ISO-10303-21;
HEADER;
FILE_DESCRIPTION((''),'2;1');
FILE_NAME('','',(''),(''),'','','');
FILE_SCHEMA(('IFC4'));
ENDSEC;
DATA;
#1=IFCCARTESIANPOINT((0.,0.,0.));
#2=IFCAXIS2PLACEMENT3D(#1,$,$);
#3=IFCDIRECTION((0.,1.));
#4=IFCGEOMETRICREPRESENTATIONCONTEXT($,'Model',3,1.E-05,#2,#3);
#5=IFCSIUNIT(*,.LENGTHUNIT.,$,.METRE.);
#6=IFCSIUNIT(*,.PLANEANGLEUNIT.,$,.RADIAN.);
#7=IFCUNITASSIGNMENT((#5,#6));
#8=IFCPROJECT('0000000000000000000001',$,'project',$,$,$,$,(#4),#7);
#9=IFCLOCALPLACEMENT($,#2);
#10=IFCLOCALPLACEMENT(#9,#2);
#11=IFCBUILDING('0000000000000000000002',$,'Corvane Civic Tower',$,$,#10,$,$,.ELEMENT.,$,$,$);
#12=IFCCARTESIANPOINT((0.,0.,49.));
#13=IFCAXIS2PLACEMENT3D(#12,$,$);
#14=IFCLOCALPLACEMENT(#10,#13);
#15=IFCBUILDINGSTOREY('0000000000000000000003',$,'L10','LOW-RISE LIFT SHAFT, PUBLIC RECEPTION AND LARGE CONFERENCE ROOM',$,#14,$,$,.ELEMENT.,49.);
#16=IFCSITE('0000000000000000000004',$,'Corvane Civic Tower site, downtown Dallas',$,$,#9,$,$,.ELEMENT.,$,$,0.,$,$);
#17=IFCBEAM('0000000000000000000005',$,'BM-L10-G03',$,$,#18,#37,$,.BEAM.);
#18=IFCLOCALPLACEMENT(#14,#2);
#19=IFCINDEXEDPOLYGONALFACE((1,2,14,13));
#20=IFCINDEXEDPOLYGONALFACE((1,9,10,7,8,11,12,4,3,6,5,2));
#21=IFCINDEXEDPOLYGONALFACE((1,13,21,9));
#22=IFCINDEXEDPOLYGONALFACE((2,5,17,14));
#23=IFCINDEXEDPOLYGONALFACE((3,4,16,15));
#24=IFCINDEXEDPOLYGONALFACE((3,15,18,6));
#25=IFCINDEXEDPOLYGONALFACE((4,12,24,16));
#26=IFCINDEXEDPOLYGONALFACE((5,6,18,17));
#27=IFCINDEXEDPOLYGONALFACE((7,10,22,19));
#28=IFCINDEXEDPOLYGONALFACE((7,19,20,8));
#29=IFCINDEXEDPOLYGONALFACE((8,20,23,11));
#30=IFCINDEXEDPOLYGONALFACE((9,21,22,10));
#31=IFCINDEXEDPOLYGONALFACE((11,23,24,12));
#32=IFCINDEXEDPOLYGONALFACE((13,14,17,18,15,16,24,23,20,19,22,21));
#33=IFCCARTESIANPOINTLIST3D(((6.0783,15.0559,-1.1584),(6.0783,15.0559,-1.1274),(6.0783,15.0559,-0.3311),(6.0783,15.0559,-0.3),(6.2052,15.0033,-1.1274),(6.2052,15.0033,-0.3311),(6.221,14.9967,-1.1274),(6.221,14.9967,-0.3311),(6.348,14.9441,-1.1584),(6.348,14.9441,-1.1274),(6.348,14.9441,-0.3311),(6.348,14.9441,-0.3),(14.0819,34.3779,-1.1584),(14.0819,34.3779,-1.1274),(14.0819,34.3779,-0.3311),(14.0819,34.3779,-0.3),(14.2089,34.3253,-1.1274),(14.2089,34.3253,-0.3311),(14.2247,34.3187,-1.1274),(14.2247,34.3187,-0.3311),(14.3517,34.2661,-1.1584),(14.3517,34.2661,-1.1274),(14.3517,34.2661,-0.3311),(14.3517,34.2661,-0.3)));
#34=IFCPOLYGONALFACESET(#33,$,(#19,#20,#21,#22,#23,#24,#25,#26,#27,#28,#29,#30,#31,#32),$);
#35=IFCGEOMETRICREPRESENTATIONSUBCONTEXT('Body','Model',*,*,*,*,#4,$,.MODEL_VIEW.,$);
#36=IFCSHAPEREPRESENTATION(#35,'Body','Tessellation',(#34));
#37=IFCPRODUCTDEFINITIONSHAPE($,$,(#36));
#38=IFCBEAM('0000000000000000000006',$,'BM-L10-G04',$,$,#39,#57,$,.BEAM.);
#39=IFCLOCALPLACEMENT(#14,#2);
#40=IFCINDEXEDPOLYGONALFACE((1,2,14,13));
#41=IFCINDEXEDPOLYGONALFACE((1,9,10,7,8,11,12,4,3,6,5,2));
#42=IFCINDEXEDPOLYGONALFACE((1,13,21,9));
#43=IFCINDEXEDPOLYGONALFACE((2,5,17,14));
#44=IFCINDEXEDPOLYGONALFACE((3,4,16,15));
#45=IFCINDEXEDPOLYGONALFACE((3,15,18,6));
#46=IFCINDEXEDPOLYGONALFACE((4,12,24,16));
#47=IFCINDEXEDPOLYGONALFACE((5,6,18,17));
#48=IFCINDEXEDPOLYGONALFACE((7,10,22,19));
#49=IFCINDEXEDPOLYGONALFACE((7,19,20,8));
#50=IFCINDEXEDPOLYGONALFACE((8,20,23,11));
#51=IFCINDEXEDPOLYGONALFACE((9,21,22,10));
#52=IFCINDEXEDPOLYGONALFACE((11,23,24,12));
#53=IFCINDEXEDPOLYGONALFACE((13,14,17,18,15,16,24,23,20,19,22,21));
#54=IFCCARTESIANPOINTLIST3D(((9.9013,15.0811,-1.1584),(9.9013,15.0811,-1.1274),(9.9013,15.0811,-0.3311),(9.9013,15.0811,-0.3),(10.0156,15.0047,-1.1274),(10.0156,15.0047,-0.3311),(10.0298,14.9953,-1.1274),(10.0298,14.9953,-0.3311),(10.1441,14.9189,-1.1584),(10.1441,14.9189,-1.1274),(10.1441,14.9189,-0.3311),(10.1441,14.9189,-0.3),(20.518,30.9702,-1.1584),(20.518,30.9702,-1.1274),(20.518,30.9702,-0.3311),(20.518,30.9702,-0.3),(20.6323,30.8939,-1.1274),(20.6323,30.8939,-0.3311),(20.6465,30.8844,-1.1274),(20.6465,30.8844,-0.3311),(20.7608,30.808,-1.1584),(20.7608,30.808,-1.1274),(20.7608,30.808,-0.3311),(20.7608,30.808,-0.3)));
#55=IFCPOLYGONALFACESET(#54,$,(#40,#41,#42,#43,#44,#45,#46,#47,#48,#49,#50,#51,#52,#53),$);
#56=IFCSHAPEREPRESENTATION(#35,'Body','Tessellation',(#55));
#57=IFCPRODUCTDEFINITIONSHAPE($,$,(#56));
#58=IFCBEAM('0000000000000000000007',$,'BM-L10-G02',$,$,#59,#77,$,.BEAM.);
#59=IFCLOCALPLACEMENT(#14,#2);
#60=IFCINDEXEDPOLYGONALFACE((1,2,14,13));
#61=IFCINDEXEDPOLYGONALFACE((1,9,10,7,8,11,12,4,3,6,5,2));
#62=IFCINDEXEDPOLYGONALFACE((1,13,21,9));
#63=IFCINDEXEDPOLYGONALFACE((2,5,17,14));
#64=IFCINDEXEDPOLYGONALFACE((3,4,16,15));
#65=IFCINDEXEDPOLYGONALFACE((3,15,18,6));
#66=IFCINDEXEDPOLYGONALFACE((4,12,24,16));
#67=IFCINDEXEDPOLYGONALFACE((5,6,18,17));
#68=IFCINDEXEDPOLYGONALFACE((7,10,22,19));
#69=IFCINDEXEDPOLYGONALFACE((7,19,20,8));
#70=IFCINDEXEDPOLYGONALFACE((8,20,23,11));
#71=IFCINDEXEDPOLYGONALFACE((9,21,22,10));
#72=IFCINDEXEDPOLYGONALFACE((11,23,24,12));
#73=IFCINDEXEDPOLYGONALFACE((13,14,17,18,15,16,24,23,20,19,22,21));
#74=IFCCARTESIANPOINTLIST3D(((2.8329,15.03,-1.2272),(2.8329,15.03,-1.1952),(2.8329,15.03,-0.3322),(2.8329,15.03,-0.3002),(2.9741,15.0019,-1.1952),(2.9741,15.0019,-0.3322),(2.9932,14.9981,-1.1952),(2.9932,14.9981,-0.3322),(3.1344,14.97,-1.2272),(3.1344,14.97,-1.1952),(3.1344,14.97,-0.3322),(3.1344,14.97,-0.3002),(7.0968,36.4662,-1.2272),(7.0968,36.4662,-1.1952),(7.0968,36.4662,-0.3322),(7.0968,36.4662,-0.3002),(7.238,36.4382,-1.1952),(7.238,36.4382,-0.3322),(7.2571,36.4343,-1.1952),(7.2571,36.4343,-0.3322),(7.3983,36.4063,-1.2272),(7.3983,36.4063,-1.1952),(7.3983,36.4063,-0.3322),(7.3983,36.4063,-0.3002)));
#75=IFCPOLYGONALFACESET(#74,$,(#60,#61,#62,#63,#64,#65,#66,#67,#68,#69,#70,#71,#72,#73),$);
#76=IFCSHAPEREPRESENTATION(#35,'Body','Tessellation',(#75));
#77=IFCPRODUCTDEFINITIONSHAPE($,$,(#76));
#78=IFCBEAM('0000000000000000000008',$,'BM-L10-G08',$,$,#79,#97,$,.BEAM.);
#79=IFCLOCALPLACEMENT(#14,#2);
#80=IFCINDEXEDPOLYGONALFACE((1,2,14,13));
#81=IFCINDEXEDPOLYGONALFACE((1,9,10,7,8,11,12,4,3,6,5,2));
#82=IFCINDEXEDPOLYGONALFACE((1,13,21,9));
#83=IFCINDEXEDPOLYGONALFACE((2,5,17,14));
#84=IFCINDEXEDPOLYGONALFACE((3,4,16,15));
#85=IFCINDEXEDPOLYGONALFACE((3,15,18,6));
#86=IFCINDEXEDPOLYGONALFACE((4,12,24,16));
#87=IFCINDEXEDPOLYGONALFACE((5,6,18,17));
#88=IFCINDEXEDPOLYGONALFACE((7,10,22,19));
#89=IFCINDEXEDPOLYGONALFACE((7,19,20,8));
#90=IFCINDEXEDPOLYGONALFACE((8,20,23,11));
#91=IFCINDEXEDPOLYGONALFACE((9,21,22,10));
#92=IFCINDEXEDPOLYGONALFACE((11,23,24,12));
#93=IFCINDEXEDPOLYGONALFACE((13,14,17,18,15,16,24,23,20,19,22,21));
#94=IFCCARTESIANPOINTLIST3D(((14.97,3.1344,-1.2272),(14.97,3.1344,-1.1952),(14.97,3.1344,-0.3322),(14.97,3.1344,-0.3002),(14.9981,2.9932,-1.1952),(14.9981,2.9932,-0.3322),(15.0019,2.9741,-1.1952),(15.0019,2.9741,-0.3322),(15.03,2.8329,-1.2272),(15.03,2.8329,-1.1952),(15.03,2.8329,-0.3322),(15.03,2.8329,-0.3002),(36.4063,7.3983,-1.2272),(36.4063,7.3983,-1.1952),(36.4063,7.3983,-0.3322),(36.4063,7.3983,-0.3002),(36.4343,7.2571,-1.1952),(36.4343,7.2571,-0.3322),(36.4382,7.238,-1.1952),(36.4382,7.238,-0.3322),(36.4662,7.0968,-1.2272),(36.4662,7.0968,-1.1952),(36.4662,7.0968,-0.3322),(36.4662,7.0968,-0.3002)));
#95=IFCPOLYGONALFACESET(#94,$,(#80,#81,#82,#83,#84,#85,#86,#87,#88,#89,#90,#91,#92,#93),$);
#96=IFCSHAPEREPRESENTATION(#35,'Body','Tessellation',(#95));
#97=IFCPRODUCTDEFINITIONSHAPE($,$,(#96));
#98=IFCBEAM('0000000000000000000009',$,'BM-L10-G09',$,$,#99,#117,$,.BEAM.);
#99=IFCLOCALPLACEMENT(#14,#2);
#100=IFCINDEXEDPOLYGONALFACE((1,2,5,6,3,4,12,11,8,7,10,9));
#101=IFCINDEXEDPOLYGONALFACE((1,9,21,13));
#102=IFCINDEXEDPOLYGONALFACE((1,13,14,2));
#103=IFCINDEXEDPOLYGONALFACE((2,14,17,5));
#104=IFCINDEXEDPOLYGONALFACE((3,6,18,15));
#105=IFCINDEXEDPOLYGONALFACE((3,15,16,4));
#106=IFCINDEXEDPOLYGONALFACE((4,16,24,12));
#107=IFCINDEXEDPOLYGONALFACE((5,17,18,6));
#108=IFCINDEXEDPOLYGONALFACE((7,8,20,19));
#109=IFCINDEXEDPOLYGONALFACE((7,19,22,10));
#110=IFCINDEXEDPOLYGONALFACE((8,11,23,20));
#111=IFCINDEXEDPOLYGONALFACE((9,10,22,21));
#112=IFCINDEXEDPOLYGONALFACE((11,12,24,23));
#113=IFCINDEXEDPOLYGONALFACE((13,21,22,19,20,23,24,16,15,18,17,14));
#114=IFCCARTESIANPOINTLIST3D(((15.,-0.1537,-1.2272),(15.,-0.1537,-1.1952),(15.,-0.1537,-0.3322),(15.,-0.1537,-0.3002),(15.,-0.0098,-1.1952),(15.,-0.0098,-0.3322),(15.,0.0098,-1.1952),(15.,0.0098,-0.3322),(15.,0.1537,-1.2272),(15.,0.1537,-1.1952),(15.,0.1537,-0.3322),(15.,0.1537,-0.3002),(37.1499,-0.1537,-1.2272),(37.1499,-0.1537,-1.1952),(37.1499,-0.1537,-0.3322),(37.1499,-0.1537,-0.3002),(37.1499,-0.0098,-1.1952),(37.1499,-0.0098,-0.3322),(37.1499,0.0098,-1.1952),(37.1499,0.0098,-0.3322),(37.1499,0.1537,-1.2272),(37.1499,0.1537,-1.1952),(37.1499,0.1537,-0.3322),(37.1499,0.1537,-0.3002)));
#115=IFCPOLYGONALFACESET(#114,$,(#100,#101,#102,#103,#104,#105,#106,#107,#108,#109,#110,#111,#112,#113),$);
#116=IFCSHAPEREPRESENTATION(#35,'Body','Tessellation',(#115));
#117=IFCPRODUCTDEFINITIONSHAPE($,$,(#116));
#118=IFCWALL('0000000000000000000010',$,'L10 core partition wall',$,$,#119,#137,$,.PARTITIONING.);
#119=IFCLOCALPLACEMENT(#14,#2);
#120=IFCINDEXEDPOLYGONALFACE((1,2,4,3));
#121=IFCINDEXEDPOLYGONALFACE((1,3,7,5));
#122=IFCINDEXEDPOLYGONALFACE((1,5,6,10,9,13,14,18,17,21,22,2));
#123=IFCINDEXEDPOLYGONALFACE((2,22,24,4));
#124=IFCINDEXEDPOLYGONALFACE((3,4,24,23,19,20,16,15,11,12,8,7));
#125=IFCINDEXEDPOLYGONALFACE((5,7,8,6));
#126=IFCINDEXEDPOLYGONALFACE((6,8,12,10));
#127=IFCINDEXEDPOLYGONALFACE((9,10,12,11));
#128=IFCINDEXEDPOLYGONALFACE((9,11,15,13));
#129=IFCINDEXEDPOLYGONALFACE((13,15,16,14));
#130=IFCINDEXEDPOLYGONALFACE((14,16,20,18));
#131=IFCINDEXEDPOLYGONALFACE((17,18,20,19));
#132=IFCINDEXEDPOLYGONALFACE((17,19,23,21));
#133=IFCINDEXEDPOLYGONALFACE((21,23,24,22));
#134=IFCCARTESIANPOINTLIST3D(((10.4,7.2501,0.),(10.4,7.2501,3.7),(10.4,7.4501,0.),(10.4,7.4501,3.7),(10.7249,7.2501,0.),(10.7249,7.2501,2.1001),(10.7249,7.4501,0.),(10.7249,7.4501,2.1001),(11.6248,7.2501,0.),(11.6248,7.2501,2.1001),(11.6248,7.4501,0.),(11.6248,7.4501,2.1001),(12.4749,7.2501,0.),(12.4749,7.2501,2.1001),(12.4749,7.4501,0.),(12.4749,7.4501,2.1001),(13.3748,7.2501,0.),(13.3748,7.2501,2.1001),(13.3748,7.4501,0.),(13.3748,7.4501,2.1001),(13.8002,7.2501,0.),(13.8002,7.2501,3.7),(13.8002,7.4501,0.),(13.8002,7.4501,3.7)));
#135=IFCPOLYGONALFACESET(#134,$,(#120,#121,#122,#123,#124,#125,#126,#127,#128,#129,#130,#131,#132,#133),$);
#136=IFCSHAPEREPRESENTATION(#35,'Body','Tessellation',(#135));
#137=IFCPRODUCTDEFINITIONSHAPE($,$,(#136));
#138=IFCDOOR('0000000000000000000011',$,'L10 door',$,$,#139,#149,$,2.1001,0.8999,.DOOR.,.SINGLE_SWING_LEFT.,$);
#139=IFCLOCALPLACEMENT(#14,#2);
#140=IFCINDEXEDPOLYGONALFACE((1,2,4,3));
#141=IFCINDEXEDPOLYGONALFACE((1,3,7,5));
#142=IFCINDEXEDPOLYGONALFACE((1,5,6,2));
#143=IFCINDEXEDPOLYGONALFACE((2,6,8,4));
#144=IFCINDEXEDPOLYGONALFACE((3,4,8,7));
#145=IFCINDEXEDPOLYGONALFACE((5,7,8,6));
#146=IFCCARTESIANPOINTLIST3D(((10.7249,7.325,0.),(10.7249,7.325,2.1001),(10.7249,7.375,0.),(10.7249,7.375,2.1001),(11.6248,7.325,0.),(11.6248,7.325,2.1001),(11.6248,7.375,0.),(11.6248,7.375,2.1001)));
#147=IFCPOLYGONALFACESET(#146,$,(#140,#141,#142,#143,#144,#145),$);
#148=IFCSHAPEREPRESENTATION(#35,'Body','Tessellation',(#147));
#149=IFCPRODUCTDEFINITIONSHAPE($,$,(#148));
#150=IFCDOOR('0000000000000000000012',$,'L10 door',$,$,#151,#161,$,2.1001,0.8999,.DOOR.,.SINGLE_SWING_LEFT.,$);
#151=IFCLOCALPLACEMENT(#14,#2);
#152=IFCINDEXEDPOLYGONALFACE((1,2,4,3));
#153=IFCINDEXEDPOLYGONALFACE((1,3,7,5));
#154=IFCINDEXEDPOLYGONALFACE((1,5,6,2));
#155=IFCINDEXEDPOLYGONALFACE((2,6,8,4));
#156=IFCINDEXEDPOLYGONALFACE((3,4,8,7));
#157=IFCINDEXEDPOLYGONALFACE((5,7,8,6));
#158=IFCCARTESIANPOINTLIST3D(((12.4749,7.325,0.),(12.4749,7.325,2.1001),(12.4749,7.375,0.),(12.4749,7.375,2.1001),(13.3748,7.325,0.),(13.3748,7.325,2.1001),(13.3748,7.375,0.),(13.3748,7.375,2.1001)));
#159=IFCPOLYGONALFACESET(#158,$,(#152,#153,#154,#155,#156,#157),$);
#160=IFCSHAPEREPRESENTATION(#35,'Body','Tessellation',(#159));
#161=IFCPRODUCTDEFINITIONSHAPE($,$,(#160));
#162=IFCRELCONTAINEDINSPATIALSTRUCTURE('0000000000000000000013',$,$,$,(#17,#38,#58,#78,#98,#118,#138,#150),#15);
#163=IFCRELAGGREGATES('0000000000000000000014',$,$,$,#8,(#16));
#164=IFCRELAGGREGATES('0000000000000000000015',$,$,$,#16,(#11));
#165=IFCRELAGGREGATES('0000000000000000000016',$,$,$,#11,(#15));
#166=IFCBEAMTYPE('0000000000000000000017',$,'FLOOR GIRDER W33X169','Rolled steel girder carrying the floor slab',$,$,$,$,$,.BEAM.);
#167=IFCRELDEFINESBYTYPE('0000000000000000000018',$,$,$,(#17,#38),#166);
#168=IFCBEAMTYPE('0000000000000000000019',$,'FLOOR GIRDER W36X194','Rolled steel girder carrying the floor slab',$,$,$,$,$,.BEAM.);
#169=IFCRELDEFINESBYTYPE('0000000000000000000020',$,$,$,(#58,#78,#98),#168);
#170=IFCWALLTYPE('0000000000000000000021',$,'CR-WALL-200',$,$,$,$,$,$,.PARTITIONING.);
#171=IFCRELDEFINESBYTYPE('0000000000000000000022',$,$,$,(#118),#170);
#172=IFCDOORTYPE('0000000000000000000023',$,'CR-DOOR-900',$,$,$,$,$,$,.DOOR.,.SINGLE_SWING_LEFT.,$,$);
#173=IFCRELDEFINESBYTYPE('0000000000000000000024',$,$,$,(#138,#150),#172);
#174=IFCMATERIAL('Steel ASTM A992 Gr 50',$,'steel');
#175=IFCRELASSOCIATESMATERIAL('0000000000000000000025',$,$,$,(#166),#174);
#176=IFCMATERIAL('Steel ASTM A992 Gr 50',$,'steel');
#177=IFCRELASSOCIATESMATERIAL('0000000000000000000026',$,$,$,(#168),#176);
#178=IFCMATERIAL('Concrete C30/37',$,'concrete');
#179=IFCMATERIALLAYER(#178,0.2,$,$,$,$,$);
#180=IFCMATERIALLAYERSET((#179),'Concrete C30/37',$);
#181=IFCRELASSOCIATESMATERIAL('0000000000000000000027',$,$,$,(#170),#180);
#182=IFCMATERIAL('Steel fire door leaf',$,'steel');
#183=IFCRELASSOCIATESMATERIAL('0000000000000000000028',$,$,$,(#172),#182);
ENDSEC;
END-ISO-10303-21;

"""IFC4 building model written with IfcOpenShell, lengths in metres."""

from ifc_helpers import new_model, si_unit, direction, frame, frame_2d, origin, origin_2d, place, context, subcontext, project, spatial, rectangle, i_section, extrude, material, layer, layer_set, material_profile, profile_set, type_object, element, fill, save


model = new_model("IFC4")

# Units and contexts
model_context = context("Model", 3, precision=1e-05, world=origin(), true_north=direction((0.0, 1.0)))
body_context = subcontext(model_context, "Body", "Model", "MODEL_VIEW")
ifc_project = project(units=[si_unit("LENGTHUNIT", "METRE"), si_unit("PLANEANGLEUNIT", "RADIAN")], contexts=[model_context])

# Site, building, storey
site_placement = place(None, origin())
site = spatial("IfcSite", under=ifc_project, at=site_placement, Name="Corvane Civic Tower site, downtown Dallas", CompositionType="ELEMENT", RefElevation=0.0)
building_placement = place(site_placement, origin())
building = spatial("IfcBuilding", under=site, at=building_placement, Name="Corvane Civic Tower", CompositionType="ELEMENT")
storey_placement = place(building_placement, frame((0.0, 0.0, 49.0)))
storey = spatial("IfcBuildingStorey", under=building, at=storey_placement, Name="L10", Description="LOW-RISE LIFT SHAFT, PUBLIC RECEPTION AND LARGE CONFERENCE ROOM", CompositionType="ELEMENT", Elevation=49.0)

# Beams
ifc_material_1 = material(Name="Steel ASTM A992 Gr 50", Category="steel")
ifc_material_profile_1 = material_profile(ifc_material_1, i_section(OverallWidth=0.292, OverallDepth=0.8584, WebThickness=0.0171, FlangeThickness=0.031, at=origin_2d()), Name="W33X169")
ifc_profile_set_1 = profile_set([ifc_material_profile_1], Name="Steel ASTM A992 Gr 50")
beam_type_1 = type_object("IfcBeamType", Name="FLOOR GIRDER W33X169", Description="Rolled steel girder carrying the floor slab", PredefinedType="BEAM", material=ifc_profile_set_1)
beam_1_placement = place(storey_placement, frame((6.2131, 15.0, -0.7292), z_axis=(0.382692, 0.923876, 0.0), x_axis=(-0.923876, 0.382692, 0.0)))
element("IfcBeam", 1, at=beam_1_placement, inside=storey, type_object=beam_type_1, Name="BM-L10-G03", PredefinedType="BEAM", context=body_context, shape_type="SweptSolid", body=[
    extrude(i_section(OverallWidth=0.292, OverallDepth=0.8584, WebThickness=0.0171, FlangeThickness=0.031, at=origin_2d()), origin(), (0.0, 0.0, 1.0), 20.9141),
])
beam_2_placement = place(storey_placement, frame((10.0227, 15.0, -0.7292), z_axis=(0.555567, 0.831472, 0.0), x_axis=(-0.831472, 0.555567, 0.0)))
element("IfcBeam", 2, at=beam_2_placement, inside=storey, type_object=beam_type_1, Name="BM-L10-G04", PredefinedType="BEAM", context=body_context, shape_type="SweptSolid", body=[
    extrude(i_section(OverallWidth=0.292, OverallDepth=0.8584, WebThickness=0.0171, FlangeThickness=0.031, at=origin_2d()), origin(), (0.0, 0.0, 1.0), 19.1096),
])
ifc_material_2 = material(Name="Steel ASTM A992 Gr 50", Category="steel")
ifc_material_profile_2 = material_profile(ifc_material_2, i_section(OverallWidth=0.3074, OverallDepth=0.927, WebThickness=0.0195, FlangeThickness=0.032, at=origin_2d()), Name="W36X194")
ifc_profile_set_2 = profile_set([ifc_material_profile_2], Name="Steel ASTM A992 Gr 50")
beam_type_2 = type_object("IfcBeamType", Name="FLOOR GIRDER W36X194", Description="Rolled steel girder carrying the floor slab", PredefinedType="BEAM", material=ifc_profile_set_2)
for number, where, z_axis, x_axis, name in (
    (3, (2.9836, 15.0, -0.7637), (0.195089, 0.980785, 0.0), (-0.980785, 0.195089, 0.0), "BM-L10-G02"),
    (4, (15.0, 2.9836, -0.7637), (0.980785, 0.195089, 0.0), (-0.195089, 0.980785, 0.0), "BM-L10-G08"),
):
    element("IfcBeam", number, at=place(storey_placement, frame(where, z_axis=z_axis, x_axis=x_axis)), inside=storey, type_object=beam_type_2, Name=name, PredefinedType="BEAM", context=body_context, shape_type="SweptSolid", body=[
        extrude(i_section(OverallWidth=0.3074, OverallDepth=0.927, WebThickness=0.0195, FlangeThickness=0.032, at=origin_2d()), origin(), (0.0, 0.0, 1.0), 21.8562),
    ])
beam_3_placement = place(storey_placement, frame((15.0, 0.0, -0.7637), z_axis=(1.0, 0.0, 0.0), x_axis=(0.0, 1.0, 0.0)))
element("IfcBeam", 5, at=beam_3_placement, inside=storey, type_object=beam_type_2, Name="BM-L10-G09", PredefinedType="BEAM", context=body_context, shape_type="SweptSolid", body=[
    extrude(i_section(OverallWidth=0.3074, OverallDepth=0.927, WebThickness=0.0195, FlangeThickness=0.032, at=origin_2d()), origin(), (0.0, 0.0, 1.0), 22.1499),
])

# Wall, openings, doors
ifc_material_3 = material(Name="Concrete C30/37", Category="concrete")
ifc_layer_1 = layer(ifc_material_3, 0.2)
ifc_layer_set_1 = layer_set([ifc_layer_1], Name="Concrete C30/37")
wall_type_1 = type_object("IfcWallType", Name="CR-WALL-200", PredefinedType="PARTITIONING", material=ifc_layer_set_1)
wall_1_placement = place(storey_placement, frame((10.3999, 7.3501, 0.0), z_axis=(0.0, 0.0, 1.0), x_axis=(1.0, 0.0, 0.0)))
wall_1 = element("IfcWall", 6, at=wall_1_placement, inside=storey, type_object=wall_type_1, Name="L10 core partition wall", PredefinedType="PARTITIONING", context=body_context, shape_type="SweptSolid", body=[
    extrude(rectangle(XDim=3.4001, YDim=0.2, at=frame_2d((1.7002, 0.0))), origin(), (0.0, 0.0, 1.0), 3.7),
])
opening_1_placement = place(wall_1_placement, frame((0.325, 0.0, 0.0)))
opening_1 = element("IfcOpeningElement", 7, at=opening_1_placement, cuts=wall_1, PredefinedType="OPENING", context=body_context, shape_type="SweptSolid", body=[
    extrude(rectangle(XDim=0.8999, YDim=2.1001, at=frame_2d((0.45, 1.05))), frame((0.0, 0.1099, 0.0), z_axis=(0.0, -1.0, 0.0), x_axis=(1.0, 0.0, 0.0)), (0.0, 0.0, 1.0), 0.22),
])
opening_2_placement = place(wall_1_placement, frame((2.075, 0.0, 0.0)))
opening_2 = element("IfcOpeningElement", 8, at=opening_2_placement, cuts=wall_1, PredefinedType="OPENING", context=body_context, shape_type="SweptSolid", body=[
    extrude(rectangle(XDim=0.8999, YDim=2.1001, at=frame_2d((0.45, 1.05))), frame((0.0, 0.1099, 0.0), z_axis=(0.0, -1.0, 0.0), x_axis=(1.0, 0.0, 0.0)), (0.0, 0.0, 1.0), 0.22),
])
ifc_material_4 = material(Name="Steel fire door leaf", Category="steel")
door_type_1 = type_object("IfcDoorType", Name="CR-DOOR-900", OperationType="SINGLE_SWING_LEFT", PredefinedType="DOOR", material=ifc_material_4)
door_1_placement = place(opening_1_placement, origin())
door_1 = element("IfcDoor", 9, at=door_1_placement, inside=storey, type_object=door_type_1, Name="L10 door", OperationType="SINGLE_SWING_LEFT", OverallHeight=2.1001, OverallWidth=0.8999, PredefinedType="DOOR", context=body_context, shape_type="SweptSolid", body=[
    extrude(rectangle(XDim=0.8999, YDim=2.1001, at=frame_2d((0.45, 1.05))), frame((0.0, 0.0249, 0.0), z_axis=(0.0, -1.0, 0.0), x_axis=(1.0, 0.0, 0.0)), (0.0, 0.0, 1.0), 0.05),
])
fill(opening_1, door_1)
door_2_placement = place(opening_2_placement, origin())
door_2 = element("IfcDoor", 10, at=door_2_placement, inside=storey, type_object=door_type_1, Name="L10 door", OperationType="SINGLE_SWING_LEFT", OverallHeight=2.1001, OverallWidth=0.8999, PredefinedType="DOOR", context=body_context, shape_type="SweptSolid", body=[
    extrude(rectangle(XDim=0.8999, YDim=2.1001, at=frame_2d((0.45, 1.05))), frame((0.0, 0.0249, 0.0), z_axis=(0.0, -1.0, 0.0), x_axis=(1.0, 0.0, 0.0)), (0.0, 0.0, 1.0), 0.05),
])
fill(opening_2, door_2)

save(model, "model.ifc")
